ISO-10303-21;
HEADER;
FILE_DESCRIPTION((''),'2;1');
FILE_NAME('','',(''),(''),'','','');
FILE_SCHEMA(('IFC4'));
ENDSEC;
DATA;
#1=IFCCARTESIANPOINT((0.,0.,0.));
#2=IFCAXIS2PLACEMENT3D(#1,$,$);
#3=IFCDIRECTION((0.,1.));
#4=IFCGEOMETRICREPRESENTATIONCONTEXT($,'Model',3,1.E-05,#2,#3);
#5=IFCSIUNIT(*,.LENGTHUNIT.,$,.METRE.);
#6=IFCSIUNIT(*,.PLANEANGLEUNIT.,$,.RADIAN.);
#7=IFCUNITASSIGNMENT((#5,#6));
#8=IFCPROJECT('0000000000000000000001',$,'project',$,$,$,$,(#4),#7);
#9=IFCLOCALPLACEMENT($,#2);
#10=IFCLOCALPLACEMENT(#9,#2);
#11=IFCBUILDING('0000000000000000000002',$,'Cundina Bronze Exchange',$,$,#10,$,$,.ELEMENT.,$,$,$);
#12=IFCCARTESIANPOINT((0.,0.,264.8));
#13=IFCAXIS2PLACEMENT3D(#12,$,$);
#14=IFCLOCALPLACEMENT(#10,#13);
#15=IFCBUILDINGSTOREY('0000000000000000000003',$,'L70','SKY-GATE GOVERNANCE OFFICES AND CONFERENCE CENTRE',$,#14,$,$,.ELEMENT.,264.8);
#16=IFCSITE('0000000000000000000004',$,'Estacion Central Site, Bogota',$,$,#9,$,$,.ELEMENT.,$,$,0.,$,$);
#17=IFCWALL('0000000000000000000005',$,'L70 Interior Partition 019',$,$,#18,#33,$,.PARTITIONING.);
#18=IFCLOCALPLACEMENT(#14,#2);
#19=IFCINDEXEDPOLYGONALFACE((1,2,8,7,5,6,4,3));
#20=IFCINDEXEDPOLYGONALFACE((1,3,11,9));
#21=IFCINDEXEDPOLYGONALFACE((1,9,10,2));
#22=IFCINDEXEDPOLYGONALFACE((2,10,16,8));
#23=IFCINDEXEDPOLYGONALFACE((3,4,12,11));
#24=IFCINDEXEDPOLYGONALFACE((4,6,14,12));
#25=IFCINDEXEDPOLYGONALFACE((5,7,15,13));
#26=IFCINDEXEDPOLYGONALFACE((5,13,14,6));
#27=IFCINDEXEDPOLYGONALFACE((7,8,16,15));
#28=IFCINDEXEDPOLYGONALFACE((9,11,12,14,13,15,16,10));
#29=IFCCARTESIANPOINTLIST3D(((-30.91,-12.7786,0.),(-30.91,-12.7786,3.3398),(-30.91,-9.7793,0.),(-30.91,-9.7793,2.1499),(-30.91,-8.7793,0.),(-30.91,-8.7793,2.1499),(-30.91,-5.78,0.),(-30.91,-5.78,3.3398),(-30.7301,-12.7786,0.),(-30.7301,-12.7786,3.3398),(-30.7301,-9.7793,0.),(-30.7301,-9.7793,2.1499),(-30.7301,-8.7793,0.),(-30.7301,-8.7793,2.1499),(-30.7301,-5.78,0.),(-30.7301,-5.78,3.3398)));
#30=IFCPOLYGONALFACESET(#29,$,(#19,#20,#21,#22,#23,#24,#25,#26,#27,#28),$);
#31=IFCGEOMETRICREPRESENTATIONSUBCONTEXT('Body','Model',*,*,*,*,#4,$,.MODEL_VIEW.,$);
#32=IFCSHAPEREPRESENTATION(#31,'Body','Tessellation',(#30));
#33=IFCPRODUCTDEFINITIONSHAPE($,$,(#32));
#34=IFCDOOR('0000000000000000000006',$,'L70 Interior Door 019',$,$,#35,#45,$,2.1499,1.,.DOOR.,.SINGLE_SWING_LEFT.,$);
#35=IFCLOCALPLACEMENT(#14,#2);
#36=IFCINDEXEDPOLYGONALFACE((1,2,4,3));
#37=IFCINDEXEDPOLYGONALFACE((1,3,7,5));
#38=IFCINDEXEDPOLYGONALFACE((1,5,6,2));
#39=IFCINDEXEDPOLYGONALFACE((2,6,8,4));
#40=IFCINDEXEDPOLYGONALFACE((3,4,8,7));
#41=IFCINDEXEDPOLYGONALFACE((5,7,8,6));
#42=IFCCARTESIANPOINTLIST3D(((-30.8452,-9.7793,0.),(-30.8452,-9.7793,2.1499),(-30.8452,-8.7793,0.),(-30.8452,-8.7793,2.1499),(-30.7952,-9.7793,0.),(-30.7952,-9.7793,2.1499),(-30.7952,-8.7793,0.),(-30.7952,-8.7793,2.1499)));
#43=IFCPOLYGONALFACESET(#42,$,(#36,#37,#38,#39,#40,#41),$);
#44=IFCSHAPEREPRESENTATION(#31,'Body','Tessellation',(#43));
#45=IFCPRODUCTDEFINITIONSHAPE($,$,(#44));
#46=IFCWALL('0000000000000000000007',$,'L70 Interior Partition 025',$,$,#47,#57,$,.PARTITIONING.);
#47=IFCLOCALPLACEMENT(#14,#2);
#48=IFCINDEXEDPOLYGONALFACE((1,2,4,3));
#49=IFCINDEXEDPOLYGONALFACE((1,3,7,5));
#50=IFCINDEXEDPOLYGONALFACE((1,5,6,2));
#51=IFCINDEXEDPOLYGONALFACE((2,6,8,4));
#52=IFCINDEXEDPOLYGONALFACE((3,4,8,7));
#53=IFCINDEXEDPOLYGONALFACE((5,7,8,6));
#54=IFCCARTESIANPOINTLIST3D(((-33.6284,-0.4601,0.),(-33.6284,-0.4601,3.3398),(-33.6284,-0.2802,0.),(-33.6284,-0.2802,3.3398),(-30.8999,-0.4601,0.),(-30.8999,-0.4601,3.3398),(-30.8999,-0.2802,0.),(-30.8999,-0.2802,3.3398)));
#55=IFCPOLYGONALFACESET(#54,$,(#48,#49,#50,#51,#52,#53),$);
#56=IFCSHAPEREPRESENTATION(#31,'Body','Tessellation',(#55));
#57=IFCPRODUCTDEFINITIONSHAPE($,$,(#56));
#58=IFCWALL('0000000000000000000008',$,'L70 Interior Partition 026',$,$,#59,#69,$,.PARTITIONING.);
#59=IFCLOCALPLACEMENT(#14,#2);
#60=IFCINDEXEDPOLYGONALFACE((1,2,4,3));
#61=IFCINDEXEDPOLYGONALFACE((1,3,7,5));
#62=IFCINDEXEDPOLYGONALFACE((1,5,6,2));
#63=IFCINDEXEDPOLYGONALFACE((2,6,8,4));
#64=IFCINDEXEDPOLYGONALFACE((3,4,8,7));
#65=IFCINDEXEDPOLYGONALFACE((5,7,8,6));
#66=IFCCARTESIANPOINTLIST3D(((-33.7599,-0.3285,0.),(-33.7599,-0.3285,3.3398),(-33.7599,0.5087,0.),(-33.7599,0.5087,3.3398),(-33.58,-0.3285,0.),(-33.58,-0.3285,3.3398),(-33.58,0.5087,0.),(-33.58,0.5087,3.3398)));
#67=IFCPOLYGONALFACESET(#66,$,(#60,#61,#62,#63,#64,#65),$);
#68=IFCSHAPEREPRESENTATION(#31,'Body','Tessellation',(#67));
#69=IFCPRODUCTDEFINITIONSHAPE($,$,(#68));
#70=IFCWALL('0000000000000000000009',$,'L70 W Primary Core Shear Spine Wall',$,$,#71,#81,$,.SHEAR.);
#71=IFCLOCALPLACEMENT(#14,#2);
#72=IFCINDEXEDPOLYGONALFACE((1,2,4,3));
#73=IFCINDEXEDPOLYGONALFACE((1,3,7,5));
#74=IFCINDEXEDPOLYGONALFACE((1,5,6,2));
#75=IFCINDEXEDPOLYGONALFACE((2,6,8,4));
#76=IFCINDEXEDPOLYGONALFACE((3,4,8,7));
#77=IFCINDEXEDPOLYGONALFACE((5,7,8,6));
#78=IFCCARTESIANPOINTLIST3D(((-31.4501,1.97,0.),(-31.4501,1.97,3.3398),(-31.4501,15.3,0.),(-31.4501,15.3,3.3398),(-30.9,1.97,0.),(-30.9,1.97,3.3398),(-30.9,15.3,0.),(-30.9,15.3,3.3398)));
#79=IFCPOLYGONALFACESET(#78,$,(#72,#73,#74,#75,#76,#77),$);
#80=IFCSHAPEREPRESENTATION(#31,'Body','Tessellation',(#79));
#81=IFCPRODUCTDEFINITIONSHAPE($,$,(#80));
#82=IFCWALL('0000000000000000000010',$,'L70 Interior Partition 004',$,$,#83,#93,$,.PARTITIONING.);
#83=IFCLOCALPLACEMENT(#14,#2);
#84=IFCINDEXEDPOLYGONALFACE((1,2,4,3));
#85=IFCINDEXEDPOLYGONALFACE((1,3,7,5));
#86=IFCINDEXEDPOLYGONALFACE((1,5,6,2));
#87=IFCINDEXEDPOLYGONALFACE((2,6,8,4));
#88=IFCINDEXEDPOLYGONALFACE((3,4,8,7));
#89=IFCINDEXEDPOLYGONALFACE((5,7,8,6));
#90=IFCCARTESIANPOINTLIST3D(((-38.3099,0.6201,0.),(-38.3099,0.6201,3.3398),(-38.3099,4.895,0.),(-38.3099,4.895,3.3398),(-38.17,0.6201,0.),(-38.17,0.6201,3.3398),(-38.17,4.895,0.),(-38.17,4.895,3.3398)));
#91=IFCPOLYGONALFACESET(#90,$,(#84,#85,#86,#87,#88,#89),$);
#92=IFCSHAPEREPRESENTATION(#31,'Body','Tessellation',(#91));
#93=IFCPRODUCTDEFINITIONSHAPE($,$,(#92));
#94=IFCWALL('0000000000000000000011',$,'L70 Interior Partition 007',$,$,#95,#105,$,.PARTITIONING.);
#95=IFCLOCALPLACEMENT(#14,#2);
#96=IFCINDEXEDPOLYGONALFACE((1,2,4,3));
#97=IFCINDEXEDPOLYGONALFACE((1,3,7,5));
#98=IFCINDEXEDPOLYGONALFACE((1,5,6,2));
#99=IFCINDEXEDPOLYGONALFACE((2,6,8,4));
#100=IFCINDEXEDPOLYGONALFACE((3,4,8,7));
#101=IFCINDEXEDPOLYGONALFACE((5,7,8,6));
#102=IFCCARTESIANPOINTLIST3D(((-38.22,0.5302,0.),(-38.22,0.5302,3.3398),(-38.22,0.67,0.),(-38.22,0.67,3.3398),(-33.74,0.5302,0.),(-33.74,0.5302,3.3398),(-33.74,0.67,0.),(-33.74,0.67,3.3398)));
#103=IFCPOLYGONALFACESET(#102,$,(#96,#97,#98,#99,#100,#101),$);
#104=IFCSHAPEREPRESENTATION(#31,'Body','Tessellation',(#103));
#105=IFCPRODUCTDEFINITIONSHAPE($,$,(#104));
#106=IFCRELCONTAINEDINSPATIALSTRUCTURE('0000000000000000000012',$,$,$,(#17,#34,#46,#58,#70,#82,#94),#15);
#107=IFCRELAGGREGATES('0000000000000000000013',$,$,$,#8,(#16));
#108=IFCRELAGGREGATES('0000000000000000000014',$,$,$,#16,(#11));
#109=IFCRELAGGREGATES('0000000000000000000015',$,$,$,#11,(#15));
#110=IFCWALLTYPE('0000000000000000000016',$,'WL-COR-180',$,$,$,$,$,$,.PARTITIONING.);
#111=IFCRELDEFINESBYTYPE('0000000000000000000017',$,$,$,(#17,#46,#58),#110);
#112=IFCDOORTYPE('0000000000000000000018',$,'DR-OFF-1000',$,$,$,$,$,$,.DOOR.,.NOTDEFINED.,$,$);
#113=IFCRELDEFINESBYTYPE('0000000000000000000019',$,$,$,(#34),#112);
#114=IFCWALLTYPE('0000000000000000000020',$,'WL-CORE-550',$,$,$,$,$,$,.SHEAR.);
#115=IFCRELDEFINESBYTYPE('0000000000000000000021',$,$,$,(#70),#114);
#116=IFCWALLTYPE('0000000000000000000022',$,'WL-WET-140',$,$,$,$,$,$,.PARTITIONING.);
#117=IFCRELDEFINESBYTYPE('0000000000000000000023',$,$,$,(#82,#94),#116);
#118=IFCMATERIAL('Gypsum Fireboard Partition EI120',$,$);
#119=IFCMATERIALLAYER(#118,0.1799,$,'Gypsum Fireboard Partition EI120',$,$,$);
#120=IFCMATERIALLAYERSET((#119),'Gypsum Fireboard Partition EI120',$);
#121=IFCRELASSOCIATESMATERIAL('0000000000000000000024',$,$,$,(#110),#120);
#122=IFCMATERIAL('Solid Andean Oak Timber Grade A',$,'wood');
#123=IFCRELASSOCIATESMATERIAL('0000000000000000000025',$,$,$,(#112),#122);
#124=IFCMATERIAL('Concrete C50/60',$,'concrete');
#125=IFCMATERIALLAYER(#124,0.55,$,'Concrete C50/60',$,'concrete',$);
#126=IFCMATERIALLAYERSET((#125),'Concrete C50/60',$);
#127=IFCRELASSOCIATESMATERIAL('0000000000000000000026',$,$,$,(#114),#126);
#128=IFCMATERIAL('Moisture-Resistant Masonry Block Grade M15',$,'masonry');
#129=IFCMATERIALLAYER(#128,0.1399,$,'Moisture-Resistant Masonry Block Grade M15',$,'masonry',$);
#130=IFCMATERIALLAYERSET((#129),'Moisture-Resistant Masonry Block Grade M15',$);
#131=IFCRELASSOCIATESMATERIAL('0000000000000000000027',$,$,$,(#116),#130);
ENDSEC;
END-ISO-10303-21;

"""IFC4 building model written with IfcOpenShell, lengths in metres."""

from ifc_helpers import new_model, si_unit, direction, frame, frame_2d, origin, place, context, subcontext, project, spatial, rectangle, extrude, material, layer, layer_set, type_object, element, fill, save


model = new_model("IFC4")

# Units and contexts
model_context = context("Model", 3, precision=1e-05, world=origin(), true_north=direction((0.0, 1.0)))
body_context = subcontext(model_context, "Body", "Model", "MODEL_VIEW")
ifc_project = project(units=[si_unit("LENGTHUNIT", "METRE"), si_unit("PLANEANGLEUNIT", "RADIAN")], contexts=[model_context])

# Site, building, storey
site_placement = place(None, origin())
site = spatial("IfcSite", under=ifc_project, at=site_placement, Name="Estacion Central Site, Bogota", CompositionType="ELEMENT", RefElevation=0.0)
building_placement = place(site_placement, origin())
building = spatial("IfcBuilding", under=site, at=building_placement, Name="Cundina Bronze Exchange", CompositionType="ELEMENT")
storey_placement = place(building_placement, frame((0.0, 0.0, 264.8)))
storey = spatial("IfcBuildingStorey", under=building, at=storey_placement, Name="L70", Description="SKY-GATE GOVERNANCE OFFICES AND CONFERENCE CENTRE", CompositionType="ELEMENT", Elevation=264.8)

# Shared definitions
ifc_material_1 = material(Name="Concrete C50/60", Category="concrete")

# Wall, opening, door
ifc_material_2 = material(Name="Gypsum Fireboard Partition EI120")
ifc_layer_1 = layer(ifc_material_2, 0.1799, Name="Gypsum Fireboard Partition EI120")
ifc_layer_set_1 = layer_set([ifc_layer_1], Name="Gypsum Fireboard Partition EI120")
wall_type_1 = type_object("IfcWallType", Name="WL-COR-180", PredefinedType="PARTITIONING", material=ifc_layer_set_1)
ifc_material_3 = material(Name="Solid Andean Oak Timber Grade A", Category="wood")
wall_1_placement = place(storey_placement, frame((-30.8201, -5.78, 0.0), z_axis=(0.0, 0.0, 1.0), x_axis=(0.0, -1.0, 0.0)))
wall_1 = element("IfcWall", 1, at=wall_1_placement, inside=storey, type_object=wall_type_1, Name="L70 Interior Partition 019", PredefinedType="PARTITIONING", context=body_context, shape_type="SweptSolid", body=[
    extrude(rectangle(XDim=6.9985, YDim=0.1799, at=frame_2d((3.4993, 0.0))), origin(), (0.0, 0.0, 1.0), 3.3398),
])
opening_1_placement = place(wall_1_placement, frame((2.9993, 0.0, 0.0)))
opening_1 = element("IfcOpeningElement", 2, at=opening_1_placement, cuts=wall_1, PredefinedType="OPENING", context=body_context, shape_type="SweptSolid", body=[
    extrude(rectangle(XDim=1.0, YDim=2.1499, at=frame_2d((0.5, 1.075))), frame((0.0, 0.0999, 0.0), z_axis=(0.0, -1.0, 0.0), x_axis=(1.0, 0.0, 0.0)), (0.0, 0.0, 1.0), 0.2),
])
door_type_1 = type_object("IfcDoorType", Name="DR-OFF-1000", OperationType="NOTDEFINED", PredefinedType="DOOR", material=ifc_material_3)
door_1_placement = place(opening_1_placement, origin())
door_1 = element("IfcDoor", 3, at=door_1_placement, inside=storey, type_object=door_type_1, Name="L70 Interior Door 019", OperationType="SINGLE_SWING_LEFT", OverallHeight=2.1499, OverallWidth=1.0, PredefinedType="DOOR", context=body_context, shape_type="SweptSolid", body=[
    extrude(rectangle(XDim=1.0, YDim=2.1499, at=frame_2d((0.5, 1.075))), frame((0.0, 0.0249, 0.0), z_axis=(0.0, -1.0, 0.0), x_axis=(1.0, 0.0, 0.0)), (0.0, 0.0, 1.0), 0.05),
])
fill(opening_1, door_1)

# Walls
wall_2_placement = place(storey_placement, frame((-33.6284, -0.3701, 0.0), z_axis=(0.0, 0.0, 1.0), x_axis=(1.0, 0.0, 0.0)))
element("IfcWall", 4, at=wall_2_placement, inside=storey, type_object=wall_type_1, Name="L70 Interior Partition 025", PredefinedType="PARTITIONING", context=body_context, shape_type="SweptSolid", body=[
    extrude(rectangle(XDim=2.7285, YDim=0.1799, at=frame_2d((1.3643, 0.0))), origin(), (0.0, 0.0, 1.0), 3.3398),
])
wall_3_placement = place(storey_placement, frame((-33.6699, 0.5085, 0.0), z_axis=(0.0, 0.0, 1.0), x_axis=(0.0, -1.0, 0.0)))
element("IfcWall", 5, at=wall_3_placement, inside=storey, type_object=wall_type_1, Name="L70 Interior Partition 026", PredefinedType="PARTITIONING", context=body_context, shape_type="SweptSolid", body=[
    extrude(rectangle(XDim=0.8372, YDim=0.1799, at=frame_2d((0.4185, 0.0))), origin(), (0.0, 0.0, 1.0), 3.3398),
])
ifc_layer_2 = layer(ifc_material_1, 0.55, Name="Concrete C50/60", Category="concrete")
ifc_layer_set_2 = layer_set([ifc_layer_2], Name="Concrete C50/60")
wall_type_2 = type_object("IfcWallType", Name="WL-CORE-550", PredefinedType="SHEAR", material=ifc_layer_set_2)
wall_4_placement = place(storey_placement, frame((-31.175, 1.97, 0.0), z_axis=(0.0, 0.0, 1.0), x_axis=(0.0, 1.0, 0.0)))
element("IfcWall", 6, at=wall_4_placement, inside=storey, type_object=wall_type_2, Name="L70 W Primary Core Shear Spine Wall", PredefinedType="SHEAR", context=body_context, shape_type="SweptSolid", body=[
    extrude(rectangle(XDim=13.3301, YDim=0.55, at=frame_2d((6.665, 0.0))), origin(), (0.0, 0.0, 1.0), 3.3398),
])
ifc_material_4 = material(Name="Moisture-Resistant Masonry Block Grade M15", Category="masonry")
ifc_layer_3 = layer(ifc_material_4, 0.1399, Name="Moisture-Resistant Masonry Block Grade M15", Category="masonry")
ifc_layer_set_3 = layer_set([ifc_layer_3], Name="Moisture-Resistant Masonry Block Grade M15")
wall_type_3 = type_object("IfcWallType", Name="WL-WET-140", PredefinedType="PARTITIONING", material=ifc_layer_set_3)
wall_5_placement = place(storey_placement, frame((-38.24, 0.6201, 0.0), z_axis=(0.0, 0.0, 1.0), x_axis=(0.0, 1.0, 0.0)))
element("IfcWall", 7, at=wall_5_placement, inside=storey, type_object=wall_type_3, Name="L70 Interior Partition 004", PredefinedType="PARTITIONING", context=body_context, shape_type="SweptSolid", body=[
    extrude(rectangle(XDim=4.2749, YDim=0.1399, at=frame_2d((2.1375, 0.0))), origin(), (0.0, 0.0, 1.0), 3.3398),
])
wall_6_placement = place(storey_placement, frame((-38.22, 0.6001, 0.0), z_axis=(0.0, 0.0, 1.0), x_axis=(1.0, 0.0, 0.0)))
element("IfcWall", 8, at=wall_6_placement, inside=storey, type_object=wall_type_3, Name="L70 Interior Partition 007", PredefinedType="PARTITIONING", context=body_context, shape_type="SweptSolid", body=[
    extrude(rectangle(XDim=4.48, YDim=0.1399, at=frame_2d((2.24, 0.0))), origin(), (0.0, 0.0, 1.0), 3.3398),
])

save(model, "model.ifc")
